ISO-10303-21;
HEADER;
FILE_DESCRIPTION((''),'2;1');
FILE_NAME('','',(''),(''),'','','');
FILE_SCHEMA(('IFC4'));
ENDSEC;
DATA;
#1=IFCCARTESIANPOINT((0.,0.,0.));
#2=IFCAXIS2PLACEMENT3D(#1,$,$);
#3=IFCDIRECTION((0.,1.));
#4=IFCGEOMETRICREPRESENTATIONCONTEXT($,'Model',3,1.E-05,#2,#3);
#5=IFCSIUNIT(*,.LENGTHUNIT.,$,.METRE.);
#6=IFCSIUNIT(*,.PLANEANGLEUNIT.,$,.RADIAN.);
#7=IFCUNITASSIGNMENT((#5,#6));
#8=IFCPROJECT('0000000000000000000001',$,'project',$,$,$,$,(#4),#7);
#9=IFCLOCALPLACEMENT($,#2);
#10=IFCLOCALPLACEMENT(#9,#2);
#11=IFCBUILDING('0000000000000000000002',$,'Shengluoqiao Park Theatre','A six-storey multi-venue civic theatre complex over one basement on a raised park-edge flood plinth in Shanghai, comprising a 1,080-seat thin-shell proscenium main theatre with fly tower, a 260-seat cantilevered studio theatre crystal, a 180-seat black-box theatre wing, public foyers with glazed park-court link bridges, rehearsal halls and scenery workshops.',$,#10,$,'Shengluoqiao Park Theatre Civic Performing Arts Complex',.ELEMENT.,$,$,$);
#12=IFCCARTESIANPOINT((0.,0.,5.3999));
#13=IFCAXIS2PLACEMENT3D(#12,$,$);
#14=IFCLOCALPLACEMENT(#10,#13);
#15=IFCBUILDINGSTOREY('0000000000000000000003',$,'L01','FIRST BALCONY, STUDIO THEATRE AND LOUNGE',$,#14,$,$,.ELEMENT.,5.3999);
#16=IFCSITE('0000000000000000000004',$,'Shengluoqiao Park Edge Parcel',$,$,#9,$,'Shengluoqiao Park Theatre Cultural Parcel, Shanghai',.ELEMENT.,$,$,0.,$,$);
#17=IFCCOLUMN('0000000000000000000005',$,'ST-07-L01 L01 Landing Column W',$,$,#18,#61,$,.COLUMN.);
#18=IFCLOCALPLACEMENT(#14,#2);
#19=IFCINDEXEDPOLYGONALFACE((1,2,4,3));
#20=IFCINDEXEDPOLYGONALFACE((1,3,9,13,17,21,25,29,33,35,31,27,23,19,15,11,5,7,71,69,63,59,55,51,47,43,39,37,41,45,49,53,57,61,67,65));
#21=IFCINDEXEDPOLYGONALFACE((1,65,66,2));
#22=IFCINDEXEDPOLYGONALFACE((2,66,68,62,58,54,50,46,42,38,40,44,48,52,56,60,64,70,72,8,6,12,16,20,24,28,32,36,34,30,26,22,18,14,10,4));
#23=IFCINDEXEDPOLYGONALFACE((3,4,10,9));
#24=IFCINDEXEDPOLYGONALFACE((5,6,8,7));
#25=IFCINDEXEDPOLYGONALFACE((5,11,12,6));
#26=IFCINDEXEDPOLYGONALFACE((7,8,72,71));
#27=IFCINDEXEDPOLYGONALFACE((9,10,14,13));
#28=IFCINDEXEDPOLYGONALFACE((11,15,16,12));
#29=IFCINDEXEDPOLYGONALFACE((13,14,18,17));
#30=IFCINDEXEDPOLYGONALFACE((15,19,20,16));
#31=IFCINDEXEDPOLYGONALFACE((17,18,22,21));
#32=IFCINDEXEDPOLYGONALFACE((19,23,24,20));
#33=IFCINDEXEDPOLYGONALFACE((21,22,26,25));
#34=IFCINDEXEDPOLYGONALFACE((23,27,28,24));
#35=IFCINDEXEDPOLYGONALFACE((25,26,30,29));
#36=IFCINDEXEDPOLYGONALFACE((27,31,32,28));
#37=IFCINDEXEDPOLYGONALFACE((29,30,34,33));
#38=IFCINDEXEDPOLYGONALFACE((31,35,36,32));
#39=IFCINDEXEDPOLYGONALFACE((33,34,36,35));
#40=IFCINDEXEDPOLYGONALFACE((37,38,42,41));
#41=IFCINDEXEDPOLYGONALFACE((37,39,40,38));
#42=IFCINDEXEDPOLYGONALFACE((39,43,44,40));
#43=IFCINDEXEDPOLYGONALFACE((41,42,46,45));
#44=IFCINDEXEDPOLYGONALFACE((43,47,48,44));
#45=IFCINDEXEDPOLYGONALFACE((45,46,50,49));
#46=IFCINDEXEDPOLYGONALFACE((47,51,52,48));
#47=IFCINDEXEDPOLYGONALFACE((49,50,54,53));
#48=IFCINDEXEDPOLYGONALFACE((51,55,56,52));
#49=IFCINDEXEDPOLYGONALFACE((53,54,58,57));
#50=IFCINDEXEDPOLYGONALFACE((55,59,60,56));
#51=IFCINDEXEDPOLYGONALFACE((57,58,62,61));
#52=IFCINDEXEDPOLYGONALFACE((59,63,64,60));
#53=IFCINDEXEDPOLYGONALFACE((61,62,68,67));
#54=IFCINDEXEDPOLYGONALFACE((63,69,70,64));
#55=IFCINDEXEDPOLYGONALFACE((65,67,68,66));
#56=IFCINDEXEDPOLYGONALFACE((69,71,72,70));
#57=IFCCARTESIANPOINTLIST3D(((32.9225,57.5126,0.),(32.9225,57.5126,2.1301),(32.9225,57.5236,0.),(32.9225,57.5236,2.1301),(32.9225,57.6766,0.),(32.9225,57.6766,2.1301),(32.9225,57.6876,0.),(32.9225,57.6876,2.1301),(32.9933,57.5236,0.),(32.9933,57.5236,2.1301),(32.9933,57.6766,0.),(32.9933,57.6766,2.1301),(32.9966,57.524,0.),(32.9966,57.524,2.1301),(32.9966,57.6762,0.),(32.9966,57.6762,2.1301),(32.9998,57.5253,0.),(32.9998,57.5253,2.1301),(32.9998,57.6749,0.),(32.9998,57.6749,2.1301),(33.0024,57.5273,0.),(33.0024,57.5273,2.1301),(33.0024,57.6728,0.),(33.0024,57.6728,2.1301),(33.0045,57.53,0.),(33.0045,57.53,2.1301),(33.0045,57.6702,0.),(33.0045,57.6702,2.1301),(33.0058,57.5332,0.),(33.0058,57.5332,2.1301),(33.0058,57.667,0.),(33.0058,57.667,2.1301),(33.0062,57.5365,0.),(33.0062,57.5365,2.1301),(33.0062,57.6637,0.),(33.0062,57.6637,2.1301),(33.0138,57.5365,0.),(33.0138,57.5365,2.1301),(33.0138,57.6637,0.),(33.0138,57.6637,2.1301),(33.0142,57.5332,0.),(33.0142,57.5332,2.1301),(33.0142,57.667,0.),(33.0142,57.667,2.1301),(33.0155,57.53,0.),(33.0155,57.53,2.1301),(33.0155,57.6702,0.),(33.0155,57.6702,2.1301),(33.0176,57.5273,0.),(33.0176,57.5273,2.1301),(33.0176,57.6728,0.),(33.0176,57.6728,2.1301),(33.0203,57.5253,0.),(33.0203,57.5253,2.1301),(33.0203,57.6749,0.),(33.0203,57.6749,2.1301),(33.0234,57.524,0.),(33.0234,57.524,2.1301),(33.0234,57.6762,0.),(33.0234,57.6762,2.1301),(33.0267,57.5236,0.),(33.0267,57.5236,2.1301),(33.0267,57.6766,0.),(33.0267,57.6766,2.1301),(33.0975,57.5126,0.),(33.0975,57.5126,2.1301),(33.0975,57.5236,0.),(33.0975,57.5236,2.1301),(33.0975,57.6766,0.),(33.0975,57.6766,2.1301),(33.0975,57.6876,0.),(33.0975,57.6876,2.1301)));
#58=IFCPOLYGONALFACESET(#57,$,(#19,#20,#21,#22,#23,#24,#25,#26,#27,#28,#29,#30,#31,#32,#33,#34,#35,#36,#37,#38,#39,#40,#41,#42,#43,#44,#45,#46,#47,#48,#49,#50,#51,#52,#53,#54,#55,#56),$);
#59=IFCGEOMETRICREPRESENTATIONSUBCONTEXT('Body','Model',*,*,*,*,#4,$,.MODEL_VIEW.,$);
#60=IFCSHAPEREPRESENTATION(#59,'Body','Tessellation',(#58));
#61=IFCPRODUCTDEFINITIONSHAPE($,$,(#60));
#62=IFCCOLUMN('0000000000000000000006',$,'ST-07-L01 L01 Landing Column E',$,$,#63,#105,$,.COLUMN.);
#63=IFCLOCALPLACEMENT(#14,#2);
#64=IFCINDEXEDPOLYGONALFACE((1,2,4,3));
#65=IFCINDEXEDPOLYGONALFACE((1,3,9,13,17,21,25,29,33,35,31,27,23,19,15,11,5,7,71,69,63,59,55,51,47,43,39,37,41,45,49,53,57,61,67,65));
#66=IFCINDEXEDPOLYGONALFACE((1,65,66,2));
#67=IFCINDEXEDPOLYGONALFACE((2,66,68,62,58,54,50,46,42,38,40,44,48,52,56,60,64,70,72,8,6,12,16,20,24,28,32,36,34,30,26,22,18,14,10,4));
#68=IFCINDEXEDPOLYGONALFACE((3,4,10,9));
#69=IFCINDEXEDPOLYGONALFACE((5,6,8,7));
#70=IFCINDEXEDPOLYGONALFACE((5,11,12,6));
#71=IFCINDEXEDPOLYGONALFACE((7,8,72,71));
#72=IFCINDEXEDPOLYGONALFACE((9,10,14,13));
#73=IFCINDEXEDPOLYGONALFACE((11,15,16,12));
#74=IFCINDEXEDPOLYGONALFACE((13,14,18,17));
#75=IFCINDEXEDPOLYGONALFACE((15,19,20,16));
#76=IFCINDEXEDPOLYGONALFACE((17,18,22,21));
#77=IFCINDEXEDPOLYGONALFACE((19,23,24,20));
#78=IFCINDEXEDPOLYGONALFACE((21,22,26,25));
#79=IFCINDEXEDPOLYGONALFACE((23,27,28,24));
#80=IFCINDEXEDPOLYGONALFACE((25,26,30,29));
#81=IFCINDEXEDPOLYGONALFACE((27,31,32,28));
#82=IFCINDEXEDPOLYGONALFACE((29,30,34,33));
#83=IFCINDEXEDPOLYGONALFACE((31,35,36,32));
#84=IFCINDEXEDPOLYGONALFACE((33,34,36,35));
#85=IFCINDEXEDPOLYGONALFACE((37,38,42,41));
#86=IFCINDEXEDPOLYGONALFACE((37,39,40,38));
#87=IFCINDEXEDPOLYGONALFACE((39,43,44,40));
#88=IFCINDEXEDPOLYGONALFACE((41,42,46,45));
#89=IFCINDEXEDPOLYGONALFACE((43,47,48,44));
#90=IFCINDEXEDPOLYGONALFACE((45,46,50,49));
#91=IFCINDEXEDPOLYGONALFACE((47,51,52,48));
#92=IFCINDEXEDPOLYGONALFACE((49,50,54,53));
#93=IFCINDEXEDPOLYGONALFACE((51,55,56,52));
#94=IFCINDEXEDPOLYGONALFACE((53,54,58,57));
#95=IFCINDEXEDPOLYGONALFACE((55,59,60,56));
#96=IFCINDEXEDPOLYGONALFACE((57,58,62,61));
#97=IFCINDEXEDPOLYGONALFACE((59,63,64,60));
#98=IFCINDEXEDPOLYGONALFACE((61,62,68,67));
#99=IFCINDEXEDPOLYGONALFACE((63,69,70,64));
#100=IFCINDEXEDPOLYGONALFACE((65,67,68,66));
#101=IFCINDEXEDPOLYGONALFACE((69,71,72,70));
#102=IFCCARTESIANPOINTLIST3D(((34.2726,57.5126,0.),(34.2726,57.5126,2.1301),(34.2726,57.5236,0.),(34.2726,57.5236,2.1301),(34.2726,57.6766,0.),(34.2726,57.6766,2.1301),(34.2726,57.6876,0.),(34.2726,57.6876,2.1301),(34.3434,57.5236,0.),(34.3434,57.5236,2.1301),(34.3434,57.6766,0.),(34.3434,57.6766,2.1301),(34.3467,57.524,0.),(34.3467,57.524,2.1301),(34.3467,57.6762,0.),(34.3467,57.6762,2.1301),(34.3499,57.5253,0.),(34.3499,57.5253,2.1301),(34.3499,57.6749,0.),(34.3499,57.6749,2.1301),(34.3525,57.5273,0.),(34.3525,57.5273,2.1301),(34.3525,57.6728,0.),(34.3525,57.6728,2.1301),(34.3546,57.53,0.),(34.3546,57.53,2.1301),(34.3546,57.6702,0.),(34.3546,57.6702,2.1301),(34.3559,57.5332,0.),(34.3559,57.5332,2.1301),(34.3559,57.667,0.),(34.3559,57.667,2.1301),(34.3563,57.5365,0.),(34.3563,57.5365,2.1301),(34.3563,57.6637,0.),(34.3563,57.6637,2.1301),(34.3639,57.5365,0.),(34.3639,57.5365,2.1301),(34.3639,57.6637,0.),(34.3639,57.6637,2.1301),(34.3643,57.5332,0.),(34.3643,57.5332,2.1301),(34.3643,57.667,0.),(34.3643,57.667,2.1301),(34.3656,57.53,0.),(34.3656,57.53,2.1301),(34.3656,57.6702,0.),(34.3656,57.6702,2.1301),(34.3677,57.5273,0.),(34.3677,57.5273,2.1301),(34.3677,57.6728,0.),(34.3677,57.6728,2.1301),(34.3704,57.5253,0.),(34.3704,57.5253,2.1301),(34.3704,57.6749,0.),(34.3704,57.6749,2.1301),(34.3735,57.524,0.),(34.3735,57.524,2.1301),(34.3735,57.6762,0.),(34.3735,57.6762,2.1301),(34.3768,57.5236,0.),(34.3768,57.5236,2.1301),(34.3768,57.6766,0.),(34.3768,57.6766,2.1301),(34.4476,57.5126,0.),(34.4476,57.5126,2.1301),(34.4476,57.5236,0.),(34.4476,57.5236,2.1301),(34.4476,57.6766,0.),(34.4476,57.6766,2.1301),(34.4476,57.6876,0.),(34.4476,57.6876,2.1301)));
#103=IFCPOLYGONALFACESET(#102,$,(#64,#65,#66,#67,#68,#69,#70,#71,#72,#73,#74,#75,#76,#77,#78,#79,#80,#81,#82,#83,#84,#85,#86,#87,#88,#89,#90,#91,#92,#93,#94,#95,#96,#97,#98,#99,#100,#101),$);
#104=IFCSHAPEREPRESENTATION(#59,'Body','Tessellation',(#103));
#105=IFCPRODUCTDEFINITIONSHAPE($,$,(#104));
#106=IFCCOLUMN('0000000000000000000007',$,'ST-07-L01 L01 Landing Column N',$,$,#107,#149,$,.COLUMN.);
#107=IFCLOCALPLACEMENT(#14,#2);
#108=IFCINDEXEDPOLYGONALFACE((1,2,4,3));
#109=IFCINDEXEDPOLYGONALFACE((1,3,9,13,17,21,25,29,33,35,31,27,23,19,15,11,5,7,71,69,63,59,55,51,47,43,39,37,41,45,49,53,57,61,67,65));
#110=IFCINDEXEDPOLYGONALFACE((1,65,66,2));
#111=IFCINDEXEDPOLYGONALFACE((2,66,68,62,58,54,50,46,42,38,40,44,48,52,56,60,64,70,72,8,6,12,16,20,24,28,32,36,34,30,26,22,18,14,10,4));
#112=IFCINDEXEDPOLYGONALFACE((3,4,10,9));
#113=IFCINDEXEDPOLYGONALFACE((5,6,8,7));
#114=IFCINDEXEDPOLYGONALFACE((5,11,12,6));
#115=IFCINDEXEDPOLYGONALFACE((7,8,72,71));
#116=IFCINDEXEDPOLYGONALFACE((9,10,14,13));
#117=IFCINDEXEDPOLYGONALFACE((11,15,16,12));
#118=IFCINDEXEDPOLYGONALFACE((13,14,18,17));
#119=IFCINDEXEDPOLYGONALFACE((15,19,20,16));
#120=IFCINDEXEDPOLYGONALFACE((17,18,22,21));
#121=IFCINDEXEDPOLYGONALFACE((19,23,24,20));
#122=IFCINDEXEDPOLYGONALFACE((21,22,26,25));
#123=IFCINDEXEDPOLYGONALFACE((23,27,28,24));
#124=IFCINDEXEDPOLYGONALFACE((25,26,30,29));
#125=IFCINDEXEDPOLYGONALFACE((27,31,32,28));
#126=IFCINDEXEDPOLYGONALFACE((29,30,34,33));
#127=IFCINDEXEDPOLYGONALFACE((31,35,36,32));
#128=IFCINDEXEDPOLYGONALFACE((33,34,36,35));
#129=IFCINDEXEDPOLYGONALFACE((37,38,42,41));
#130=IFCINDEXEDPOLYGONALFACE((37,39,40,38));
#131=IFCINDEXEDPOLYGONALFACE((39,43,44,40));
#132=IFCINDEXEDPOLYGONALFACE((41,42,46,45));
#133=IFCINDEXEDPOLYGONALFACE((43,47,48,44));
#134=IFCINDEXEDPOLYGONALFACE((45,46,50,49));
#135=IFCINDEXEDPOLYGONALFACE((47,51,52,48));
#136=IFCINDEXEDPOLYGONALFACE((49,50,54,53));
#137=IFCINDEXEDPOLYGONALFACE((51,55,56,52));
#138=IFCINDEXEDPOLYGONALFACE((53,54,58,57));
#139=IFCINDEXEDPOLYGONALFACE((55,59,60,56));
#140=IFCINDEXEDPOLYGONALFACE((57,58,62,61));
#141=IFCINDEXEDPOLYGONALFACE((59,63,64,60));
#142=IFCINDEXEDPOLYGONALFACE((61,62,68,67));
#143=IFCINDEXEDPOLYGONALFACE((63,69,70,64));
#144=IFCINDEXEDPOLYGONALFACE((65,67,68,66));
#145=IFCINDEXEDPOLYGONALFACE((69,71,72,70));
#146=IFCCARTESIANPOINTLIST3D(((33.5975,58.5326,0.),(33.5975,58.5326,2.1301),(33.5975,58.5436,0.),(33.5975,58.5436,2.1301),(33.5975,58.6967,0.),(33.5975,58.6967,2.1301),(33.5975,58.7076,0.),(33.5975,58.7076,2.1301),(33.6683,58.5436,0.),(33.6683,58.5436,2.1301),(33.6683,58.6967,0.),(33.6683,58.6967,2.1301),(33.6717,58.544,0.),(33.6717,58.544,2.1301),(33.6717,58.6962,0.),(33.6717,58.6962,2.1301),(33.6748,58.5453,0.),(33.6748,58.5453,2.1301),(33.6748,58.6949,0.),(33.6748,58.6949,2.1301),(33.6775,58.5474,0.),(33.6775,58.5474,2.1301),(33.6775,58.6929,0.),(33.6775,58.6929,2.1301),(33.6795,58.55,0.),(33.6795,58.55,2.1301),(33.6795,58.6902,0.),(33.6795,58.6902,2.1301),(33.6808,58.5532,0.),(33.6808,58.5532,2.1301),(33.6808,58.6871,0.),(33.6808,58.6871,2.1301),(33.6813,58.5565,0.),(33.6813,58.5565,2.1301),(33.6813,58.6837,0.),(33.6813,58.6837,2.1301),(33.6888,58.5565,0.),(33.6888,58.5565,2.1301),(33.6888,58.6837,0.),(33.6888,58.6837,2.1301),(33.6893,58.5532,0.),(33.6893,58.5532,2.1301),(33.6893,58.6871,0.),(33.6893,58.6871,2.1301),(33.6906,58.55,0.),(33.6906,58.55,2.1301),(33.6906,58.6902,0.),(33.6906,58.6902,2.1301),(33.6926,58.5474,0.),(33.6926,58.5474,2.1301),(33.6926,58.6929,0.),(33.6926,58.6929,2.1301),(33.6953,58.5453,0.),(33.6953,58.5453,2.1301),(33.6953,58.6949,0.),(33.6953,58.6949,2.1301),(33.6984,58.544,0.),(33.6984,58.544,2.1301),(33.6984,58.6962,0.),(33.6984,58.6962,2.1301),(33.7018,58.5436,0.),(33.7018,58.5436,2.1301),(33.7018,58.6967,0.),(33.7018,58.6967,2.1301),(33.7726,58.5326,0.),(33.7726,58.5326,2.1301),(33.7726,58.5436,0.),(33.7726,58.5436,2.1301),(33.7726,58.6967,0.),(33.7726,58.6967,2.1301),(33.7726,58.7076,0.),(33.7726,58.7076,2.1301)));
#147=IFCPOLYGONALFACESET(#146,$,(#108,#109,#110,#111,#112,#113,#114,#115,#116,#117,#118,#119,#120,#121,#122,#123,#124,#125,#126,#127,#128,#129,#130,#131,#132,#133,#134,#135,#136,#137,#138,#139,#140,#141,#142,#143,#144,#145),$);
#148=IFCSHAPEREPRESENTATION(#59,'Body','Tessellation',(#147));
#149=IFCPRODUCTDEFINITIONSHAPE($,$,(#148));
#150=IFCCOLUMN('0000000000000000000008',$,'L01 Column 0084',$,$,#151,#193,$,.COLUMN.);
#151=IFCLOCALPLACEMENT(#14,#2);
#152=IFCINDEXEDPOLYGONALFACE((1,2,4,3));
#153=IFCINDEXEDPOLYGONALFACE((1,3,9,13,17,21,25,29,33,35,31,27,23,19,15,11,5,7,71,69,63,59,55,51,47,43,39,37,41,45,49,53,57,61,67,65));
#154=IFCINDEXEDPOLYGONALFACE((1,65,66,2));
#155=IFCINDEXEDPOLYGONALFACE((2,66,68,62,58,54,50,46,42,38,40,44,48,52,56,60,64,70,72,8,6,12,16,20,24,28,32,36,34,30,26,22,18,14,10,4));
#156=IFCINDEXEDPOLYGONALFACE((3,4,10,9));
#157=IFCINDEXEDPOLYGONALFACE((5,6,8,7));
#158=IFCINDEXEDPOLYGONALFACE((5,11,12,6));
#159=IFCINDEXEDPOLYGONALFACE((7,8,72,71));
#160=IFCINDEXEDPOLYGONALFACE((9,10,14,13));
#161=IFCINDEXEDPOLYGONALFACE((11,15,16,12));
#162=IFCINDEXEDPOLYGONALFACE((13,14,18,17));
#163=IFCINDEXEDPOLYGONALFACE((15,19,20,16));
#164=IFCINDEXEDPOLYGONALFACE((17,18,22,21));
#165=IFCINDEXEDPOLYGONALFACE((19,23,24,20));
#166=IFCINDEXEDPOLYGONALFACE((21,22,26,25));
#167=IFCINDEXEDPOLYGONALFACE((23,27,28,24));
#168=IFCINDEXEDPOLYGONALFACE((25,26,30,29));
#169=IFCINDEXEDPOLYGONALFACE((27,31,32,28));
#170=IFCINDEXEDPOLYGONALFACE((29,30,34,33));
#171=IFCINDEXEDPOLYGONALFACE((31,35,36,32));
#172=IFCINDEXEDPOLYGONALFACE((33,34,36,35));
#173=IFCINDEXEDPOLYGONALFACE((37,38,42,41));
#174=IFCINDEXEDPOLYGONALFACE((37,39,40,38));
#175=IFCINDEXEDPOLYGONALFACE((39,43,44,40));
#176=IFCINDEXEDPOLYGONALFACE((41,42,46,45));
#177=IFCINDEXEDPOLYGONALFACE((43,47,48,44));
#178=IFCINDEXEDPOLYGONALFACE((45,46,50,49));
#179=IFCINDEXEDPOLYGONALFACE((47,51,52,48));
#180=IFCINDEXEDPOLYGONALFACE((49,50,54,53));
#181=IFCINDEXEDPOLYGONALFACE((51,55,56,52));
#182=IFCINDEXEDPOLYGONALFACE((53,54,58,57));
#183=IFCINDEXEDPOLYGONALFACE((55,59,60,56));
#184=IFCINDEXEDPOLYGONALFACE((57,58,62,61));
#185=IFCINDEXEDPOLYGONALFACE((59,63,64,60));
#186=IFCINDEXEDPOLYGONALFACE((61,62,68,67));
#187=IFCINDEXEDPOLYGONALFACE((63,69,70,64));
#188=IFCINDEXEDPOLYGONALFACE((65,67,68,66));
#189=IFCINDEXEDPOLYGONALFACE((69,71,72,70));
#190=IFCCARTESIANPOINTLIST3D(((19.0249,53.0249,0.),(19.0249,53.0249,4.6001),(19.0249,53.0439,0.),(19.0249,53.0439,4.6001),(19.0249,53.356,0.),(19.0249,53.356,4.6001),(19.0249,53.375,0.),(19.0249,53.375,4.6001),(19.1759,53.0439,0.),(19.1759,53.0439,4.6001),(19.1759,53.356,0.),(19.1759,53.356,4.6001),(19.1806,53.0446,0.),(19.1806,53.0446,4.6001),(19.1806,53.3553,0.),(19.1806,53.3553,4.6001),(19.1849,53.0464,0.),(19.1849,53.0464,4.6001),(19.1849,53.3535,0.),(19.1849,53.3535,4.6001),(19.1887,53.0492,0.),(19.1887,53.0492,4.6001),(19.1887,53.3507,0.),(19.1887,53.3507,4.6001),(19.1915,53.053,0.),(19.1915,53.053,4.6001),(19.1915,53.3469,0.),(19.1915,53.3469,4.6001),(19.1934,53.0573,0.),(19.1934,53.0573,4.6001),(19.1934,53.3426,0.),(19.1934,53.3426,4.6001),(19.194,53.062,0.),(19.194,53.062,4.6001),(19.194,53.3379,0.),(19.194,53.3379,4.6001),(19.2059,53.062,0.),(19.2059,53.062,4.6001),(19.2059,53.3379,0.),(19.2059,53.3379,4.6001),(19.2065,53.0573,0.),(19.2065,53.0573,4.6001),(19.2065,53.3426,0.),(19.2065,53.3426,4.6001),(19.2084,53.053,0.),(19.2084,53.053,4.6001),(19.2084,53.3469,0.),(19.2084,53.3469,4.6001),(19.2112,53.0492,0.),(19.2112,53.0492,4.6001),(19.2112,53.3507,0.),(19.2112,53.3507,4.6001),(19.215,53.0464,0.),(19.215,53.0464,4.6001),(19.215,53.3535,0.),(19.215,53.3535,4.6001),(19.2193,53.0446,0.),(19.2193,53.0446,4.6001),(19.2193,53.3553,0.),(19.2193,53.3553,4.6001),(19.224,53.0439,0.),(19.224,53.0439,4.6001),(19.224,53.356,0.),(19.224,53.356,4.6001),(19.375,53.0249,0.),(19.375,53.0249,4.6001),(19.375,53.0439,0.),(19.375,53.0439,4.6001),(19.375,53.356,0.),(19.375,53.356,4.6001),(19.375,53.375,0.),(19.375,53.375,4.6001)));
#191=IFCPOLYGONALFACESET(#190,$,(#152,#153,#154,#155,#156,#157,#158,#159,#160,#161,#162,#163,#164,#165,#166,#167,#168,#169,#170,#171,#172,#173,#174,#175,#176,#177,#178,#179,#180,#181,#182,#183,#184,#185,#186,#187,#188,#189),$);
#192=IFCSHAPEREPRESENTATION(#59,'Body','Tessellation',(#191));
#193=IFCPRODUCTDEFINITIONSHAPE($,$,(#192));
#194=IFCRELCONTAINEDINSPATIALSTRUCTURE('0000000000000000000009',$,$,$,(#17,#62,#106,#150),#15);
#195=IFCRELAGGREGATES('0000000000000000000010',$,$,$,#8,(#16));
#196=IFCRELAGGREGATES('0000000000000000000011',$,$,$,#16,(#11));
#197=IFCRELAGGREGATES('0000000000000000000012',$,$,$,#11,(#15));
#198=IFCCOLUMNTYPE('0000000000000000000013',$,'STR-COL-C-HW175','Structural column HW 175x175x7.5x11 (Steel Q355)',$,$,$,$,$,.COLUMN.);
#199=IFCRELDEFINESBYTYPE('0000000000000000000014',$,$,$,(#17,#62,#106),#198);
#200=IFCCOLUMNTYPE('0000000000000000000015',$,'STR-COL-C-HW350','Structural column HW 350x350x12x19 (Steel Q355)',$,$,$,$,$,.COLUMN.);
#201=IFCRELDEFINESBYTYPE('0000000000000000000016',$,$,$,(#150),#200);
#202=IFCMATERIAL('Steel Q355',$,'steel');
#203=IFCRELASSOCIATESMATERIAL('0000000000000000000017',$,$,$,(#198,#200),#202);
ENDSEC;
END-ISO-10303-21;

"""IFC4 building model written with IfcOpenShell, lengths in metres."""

from ifc_helpers import new_model, si_unit, direction, frame, origin, origin_2d, place, context, subcontext, project, spatial, i_section, extrude, material, material_profile, profile_set, type_object, element, save


model = new_model("IFC4")

# Units and contexts
model_context = context("Model", 3, precision=1e-05, world=origin(), true_north=direction((0.0, 1.0)))
body_context = subcontext(model_context, "Body", "Model", "MODEL_VIEW")
ifc_project = project(units=[si_unit("LENGTHUNIT", "METRE"), si_unit("PLANEANGLEUNIT", "RADIAN")], contexts=[model_context])

# Site, building, storey
site_placement = place(None, origin())
site = spatial("IfcSite", under=ifc_project, at=site_placement, Name="Shengluoqiao Park Edge Parcel", LongName="Shengluoqiao Park Theatre Cultural Parcel, Shanghai", CompositionType="ELEMENT", RefElevation=0.0)
building_placement = place(site_placement, origin())
building = spatial("IfcBuilding", under=site, at=building_placement, Name="Shengluoqiao Park Theatre", Description="A six-storey multi-venue civic theatre complex over one basement on a raised park-edge flood plinth in Shanghai, comprising a 1,080-seat thin-shell proscenium main theatre with fly tower, a 260-seat cantilevered studio theatre crystal, a 180-seat black-box theatre wing, public foyers with glazed park-court link bridges, rehearsal halls and scenery workshops.", LongName="Shengluoqiao Park Theatre Civic Performing Arts Complex", CompositionType="ELEMENT")
storey_placement = place(building_placement, frame((0.0, 0.0, 5.3999)))
storey = spatial("IfcBuildingStorey", under=building, at=storey_placement, Name="L01", Description="FIRST BALCONY, STUDIO THEATRE AND LOUNGE", CompositionType="ELEMENT", Elevation=5.3999)

# Columns
ifc_material_1 = material(Name="Steel Q355", Category="steel")
ifc_material_profile_1 = material_profile(ifc_material_1, i_section(OverallWidth=0.175, OverallDepth=0.175, WebThickness=0.0076, FlangeThickness=0.011, FilletRadius=0.0129, at=origin_2d()), Name="HW 175x175x7.5x11")
ifc_profile_set_1 = profile_set([ifc_material_profile_1], Name="Steel Q355")
column_type_1 = type_object("IfcColumnType", Name="STR-COL-C-HW175", Description="Structural column HW 175x175x7.5x11 (Steel Q355)", PredefinedType="COLUMN", material=ifc_profile_set_1)
for number, where, z_axis, x_axis, name in (
    (1, (33.01, 57.6001, 0.0), (0.0, 0.0, 1.0), (1.0, 0.0, 0.0), "ST-07-L01 L01 Landing Column W"),
    (2, (34.3601, 57.6001, 0.0), (0.0, 0.0, 1.0), (1.0, 0.0, 0.0), "ST-07-L01 L01 Landing Column E"),
    (3, (33.6851, 58.6201, 0.0), (0.0, 0.0, 1.0), (1.0, 0.0, 0.0), "ST-07-L01 L01 Landing Column N"),
):
    element("IfcColumn", number, at=place(storey_placement, frame(where, z_axis=z_axis, x_axis=x_axis)), inside=storey, type_object=column_type_1, Name=name, PredefinedType="COLUMN", context=body_context, shape_type="SweptSolid", body=[
        extrude(i_section(OverallWidth=0.175, OverallDepth=0.175, WebThickness=0.0076, FlangeThickness=0.011, FilletRadius=0.0129, at=origin_2d()), origin(), (0.0, 0.0, 1.0), 2.1301),
    ])
ifc_material_profile_2 = material_profile(ifc_material_1, i_section(OverallWidth=0.3501, OverallDepth=0.3501, WebThickness=0.012, FlangeThickness=0.019, FilletRadius=0.0181, at=origin_2d()), Name="HW 350x350x12x19")
ifc_profile_set_2 = profile_set([ifc_material_profile_2], Name="Steel Q355")
column_type_2 = type_object("IfcColumnType", Name="STR-COL-C-HW350", Description="Structural column HW 350x350x12x19 (Steel Q355)", PredefinedType="COLUMN", material=ifc_profile_set_2)
for number, where, z_axis, x_axis, name in (
    (4, (19.2, 53.2, 0.0), (0.0, 0.0, 1.0), (1.0, 0.0, 0.0), "L01 Column 0084"),
):
    element("IfcColumn", number, at=place(storey_placement, frame(where, z_axis=z_axis, x_axis=x_axis)), inside=storey, type_object=column_type_2, Name=name, PredefinedType="COLUMN", context=body_context, shape_type="SweptSolid", body=[
        extrude(i_section(OverallWidth=0.3501, OverallDepth=0.3501, WebThickness=0.012, FlangeThickness=0.019, FilletRadius=0.0181, at=origin_2d()), origin(), (0.0, 0.0, 1.0), 4.6001),
    ])

save(model, "model.ifc")
